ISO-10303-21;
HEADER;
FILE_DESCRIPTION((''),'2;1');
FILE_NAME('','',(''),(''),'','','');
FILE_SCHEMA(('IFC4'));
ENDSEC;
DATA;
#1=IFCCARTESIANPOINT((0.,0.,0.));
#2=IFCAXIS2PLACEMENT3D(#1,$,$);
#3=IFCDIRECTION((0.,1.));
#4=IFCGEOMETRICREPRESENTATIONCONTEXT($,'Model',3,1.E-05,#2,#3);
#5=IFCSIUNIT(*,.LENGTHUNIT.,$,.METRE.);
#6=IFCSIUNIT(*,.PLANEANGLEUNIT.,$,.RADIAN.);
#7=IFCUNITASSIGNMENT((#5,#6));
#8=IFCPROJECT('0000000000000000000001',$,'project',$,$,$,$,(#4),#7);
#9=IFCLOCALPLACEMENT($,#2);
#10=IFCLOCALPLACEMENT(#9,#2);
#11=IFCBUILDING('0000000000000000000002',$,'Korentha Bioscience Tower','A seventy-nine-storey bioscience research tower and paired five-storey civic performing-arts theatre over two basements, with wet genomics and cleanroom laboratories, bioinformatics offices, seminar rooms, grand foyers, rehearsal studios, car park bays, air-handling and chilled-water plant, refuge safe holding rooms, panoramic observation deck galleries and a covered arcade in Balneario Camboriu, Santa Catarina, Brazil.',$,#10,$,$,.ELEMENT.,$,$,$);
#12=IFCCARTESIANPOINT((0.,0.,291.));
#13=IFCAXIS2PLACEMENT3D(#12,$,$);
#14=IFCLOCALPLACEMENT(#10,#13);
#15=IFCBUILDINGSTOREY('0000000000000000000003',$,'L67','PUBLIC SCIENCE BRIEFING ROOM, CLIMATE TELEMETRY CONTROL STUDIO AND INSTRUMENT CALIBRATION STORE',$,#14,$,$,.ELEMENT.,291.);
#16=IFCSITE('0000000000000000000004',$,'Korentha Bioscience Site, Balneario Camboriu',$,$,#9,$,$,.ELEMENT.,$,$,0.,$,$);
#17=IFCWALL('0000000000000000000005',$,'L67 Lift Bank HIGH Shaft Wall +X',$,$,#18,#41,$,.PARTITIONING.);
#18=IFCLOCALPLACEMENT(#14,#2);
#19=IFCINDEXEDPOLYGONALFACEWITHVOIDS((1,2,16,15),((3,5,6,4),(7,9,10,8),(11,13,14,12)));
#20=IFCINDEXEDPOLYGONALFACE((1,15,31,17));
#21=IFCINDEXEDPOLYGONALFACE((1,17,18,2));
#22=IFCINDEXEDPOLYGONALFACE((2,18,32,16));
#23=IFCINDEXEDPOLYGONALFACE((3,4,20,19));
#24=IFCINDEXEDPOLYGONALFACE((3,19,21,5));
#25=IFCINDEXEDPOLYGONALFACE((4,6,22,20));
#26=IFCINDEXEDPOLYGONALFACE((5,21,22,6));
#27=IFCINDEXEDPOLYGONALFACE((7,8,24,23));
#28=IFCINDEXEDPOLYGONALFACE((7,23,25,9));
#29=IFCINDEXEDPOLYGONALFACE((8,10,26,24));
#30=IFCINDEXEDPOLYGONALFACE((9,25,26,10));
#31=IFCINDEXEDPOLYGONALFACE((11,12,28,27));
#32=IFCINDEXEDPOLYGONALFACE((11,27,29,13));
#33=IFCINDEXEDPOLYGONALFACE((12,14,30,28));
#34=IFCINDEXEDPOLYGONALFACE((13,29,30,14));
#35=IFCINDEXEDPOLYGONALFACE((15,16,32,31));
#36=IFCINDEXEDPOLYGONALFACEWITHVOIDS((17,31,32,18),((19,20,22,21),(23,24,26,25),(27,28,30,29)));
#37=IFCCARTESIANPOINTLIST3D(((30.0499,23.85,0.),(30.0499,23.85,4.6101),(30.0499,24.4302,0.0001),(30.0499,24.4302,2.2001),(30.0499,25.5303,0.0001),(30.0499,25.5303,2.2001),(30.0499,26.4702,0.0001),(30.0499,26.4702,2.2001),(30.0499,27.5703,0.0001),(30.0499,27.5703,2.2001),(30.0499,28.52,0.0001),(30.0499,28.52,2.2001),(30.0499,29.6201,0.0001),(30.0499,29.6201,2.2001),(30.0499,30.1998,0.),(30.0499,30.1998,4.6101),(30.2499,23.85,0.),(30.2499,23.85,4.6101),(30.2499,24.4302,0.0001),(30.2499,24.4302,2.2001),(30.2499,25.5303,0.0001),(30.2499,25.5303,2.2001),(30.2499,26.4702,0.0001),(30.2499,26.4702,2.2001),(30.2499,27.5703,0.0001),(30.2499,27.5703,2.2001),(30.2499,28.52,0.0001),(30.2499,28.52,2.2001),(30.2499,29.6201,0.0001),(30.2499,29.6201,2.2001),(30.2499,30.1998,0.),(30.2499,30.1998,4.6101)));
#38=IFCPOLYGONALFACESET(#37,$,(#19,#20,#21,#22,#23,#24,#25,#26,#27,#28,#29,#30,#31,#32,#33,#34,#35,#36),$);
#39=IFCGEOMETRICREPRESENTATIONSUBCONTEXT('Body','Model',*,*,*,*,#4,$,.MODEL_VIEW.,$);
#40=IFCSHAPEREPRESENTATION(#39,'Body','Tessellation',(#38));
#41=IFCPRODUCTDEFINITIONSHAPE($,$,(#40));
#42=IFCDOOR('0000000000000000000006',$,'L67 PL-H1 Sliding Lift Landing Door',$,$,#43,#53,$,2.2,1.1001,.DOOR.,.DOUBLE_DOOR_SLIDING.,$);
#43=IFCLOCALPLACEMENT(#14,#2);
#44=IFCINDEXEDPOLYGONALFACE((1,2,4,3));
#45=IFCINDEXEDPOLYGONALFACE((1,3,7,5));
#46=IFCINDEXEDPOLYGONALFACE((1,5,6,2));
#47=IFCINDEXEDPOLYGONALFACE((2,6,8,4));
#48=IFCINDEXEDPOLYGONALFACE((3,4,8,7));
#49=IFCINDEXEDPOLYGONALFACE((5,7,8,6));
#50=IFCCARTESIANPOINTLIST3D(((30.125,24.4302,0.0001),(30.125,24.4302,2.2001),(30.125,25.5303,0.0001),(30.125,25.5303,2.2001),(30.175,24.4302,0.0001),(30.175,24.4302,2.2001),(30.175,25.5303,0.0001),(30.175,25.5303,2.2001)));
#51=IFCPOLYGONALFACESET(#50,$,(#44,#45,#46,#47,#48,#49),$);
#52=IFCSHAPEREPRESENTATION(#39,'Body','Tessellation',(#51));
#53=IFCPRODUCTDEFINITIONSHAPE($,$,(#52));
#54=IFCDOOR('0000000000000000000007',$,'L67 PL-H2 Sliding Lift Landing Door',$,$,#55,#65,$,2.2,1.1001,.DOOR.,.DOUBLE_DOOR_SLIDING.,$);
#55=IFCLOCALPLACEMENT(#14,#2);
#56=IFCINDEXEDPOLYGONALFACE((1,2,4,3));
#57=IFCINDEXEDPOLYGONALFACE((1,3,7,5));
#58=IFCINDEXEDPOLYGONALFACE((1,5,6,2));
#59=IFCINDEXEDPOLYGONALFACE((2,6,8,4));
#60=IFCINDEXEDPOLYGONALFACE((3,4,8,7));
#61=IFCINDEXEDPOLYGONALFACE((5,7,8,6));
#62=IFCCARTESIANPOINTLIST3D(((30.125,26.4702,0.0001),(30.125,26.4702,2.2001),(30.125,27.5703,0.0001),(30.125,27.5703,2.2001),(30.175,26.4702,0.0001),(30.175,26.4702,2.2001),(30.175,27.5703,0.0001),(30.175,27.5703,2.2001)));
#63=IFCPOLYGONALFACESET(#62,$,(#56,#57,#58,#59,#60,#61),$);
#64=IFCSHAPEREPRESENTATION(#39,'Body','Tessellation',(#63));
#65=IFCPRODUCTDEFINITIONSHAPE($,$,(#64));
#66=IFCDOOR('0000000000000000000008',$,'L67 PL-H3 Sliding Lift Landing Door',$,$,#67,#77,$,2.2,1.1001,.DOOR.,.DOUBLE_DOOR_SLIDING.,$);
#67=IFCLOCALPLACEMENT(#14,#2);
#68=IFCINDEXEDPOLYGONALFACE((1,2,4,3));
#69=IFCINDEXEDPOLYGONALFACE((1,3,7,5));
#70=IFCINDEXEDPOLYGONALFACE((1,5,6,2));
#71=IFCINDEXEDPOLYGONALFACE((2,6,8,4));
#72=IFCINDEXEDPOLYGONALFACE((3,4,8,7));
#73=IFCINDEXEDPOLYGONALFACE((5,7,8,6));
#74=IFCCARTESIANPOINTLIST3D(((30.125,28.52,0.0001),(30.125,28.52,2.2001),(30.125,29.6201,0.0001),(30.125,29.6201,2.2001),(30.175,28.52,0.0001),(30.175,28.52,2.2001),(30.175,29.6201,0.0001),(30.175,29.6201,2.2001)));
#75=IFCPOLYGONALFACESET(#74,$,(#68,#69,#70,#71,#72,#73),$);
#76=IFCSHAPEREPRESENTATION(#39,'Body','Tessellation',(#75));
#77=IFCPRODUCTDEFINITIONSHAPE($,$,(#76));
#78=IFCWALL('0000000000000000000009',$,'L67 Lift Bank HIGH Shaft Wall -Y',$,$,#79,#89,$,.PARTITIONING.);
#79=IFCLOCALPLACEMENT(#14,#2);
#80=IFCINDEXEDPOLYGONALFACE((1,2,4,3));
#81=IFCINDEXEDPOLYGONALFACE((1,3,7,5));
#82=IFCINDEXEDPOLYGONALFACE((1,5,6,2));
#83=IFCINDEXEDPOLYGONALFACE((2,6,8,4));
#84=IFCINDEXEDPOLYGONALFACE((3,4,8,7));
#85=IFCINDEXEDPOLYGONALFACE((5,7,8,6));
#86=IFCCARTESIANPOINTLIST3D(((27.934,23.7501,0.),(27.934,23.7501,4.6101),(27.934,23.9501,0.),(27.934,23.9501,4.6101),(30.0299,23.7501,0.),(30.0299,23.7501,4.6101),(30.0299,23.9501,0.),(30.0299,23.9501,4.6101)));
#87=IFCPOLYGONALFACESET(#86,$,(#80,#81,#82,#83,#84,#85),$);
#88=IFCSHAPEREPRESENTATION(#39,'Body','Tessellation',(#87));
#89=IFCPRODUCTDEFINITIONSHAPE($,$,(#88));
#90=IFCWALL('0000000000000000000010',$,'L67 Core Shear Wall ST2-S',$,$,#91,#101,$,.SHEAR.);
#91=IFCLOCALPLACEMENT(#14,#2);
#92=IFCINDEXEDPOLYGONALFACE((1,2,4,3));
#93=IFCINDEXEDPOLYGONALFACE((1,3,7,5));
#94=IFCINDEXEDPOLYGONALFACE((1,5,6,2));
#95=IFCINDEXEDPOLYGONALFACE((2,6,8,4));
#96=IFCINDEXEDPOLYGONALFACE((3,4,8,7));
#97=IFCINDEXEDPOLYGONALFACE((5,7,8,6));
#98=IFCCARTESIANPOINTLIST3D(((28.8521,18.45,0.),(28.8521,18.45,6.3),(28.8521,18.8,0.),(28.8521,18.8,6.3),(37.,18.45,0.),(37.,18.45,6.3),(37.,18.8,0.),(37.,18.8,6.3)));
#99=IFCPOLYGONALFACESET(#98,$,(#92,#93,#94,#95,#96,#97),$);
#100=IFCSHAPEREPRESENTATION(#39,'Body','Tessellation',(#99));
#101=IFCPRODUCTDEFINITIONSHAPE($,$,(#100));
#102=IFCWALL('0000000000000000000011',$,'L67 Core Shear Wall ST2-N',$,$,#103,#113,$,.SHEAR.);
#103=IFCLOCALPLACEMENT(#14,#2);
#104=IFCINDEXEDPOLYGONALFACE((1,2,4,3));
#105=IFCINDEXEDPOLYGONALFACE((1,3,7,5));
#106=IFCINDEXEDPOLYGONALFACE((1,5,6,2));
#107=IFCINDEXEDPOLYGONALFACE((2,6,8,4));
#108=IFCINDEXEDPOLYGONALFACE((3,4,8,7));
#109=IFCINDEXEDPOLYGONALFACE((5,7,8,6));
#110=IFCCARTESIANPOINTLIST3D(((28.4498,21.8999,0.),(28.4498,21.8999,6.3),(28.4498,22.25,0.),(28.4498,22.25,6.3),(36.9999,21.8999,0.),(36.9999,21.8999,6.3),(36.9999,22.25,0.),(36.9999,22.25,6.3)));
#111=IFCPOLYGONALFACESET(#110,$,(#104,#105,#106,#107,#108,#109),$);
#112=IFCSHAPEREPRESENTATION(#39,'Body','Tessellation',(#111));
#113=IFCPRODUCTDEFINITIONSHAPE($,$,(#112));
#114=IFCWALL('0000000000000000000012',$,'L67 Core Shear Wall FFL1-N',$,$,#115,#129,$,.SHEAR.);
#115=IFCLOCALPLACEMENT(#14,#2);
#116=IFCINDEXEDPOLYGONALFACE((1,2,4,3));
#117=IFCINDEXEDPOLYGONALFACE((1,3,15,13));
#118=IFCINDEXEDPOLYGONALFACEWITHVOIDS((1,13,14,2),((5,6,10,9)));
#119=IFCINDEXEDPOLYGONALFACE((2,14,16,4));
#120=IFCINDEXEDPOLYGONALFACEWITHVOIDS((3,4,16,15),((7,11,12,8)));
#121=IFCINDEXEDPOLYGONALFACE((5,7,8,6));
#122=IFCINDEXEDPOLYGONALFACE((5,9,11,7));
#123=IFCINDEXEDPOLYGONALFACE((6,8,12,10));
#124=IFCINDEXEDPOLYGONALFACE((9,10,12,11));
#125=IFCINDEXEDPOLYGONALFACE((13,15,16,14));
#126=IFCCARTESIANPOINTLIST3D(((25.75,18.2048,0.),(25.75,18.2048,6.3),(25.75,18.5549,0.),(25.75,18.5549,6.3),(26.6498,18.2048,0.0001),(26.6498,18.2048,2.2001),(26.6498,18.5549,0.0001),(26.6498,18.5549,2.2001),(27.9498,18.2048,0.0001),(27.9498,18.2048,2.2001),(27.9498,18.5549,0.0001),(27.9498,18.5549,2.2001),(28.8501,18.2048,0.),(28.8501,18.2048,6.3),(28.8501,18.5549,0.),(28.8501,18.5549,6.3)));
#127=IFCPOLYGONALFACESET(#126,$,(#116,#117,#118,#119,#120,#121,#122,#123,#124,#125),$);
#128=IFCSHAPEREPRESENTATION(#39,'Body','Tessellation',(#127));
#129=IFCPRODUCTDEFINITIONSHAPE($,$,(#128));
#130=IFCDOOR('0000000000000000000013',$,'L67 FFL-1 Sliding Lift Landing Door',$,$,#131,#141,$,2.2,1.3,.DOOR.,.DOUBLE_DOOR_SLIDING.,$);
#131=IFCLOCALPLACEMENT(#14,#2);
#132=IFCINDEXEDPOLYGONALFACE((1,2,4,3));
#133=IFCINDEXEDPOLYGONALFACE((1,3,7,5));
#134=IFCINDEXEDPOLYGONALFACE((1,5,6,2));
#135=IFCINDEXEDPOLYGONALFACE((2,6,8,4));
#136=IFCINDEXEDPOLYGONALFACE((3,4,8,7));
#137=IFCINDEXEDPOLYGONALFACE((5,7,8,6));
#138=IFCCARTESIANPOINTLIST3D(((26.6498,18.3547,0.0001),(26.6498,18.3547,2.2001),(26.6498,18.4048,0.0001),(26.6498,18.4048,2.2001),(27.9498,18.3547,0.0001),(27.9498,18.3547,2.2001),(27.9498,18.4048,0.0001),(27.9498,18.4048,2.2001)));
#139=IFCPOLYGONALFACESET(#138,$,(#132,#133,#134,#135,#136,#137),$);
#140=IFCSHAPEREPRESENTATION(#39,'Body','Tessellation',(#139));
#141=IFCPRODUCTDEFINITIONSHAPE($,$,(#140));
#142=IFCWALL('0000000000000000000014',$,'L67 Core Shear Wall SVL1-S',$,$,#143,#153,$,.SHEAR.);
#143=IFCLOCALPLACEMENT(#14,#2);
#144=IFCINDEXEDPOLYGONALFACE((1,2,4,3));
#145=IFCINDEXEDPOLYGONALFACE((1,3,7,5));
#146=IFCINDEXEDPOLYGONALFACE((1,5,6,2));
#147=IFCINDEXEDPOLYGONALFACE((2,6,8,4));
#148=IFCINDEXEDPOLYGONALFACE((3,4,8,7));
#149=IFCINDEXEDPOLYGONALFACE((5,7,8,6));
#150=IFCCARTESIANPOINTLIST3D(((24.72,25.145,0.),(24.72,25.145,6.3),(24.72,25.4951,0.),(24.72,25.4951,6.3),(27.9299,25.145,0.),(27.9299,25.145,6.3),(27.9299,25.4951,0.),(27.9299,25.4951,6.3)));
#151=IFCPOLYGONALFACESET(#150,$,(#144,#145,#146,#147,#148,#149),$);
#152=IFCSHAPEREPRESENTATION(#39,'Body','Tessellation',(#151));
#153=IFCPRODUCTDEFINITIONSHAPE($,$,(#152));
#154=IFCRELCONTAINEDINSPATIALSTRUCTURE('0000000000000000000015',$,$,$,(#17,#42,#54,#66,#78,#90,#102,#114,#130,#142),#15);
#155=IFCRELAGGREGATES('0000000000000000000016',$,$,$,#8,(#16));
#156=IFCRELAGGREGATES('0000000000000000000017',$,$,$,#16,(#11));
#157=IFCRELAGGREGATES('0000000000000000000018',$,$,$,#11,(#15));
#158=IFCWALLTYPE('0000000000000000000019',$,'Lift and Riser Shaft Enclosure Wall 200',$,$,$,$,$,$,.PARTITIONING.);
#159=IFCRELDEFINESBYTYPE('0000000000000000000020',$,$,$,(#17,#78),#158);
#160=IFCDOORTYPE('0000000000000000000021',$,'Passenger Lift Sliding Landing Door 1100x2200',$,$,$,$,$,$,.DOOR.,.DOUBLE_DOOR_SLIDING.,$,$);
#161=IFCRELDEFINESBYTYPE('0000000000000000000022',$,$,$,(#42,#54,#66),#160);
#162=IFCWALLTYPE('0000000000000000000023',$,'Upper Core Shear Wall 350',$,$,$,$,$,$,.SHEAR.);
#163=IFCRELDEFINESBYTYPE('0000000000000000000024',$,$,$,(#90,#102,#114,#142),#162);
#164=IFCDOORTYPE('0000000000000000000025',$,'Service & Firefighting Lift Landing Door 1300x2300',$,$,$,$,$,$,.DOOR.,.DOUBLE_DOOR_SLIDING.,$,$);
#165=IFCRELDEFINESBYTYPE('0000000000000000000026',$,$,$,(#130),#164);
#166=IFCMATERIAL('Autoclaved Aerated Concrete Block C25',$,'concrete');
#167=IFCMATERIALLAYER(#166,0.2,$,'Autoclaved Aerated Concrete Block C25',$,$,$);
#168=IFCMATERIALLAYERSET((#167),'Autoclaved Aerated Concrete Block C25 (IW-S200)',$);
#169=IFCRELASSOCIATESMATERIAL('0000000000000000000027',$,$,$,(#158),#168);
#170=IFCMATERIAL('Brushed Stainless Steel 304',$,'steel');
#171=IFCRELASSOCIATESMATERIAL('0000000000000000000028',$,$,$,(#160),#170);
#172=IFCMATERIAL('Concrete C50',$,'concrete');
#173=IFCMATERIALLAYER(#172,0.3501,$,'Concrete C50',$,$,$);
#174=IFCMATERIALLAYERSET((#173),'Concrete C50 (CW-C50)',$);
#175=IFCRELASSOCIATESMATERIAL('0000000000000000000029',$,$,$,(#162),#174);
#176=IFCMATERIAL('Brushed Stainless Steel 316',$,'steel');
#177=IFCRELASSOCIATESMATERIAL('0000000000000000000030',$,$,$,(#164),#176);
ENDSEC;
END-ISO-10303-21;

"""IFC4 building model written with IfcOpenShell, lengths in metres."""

from ifc_helpers import new_model, si_unit, direction, frame, frame_2d, origin, place, context, subcontext, project, spatial, rectangle, extrude, material, layer, layer_set, type_object, element, fill, save


model = new_model("IFC4")

# Units and contexts
model_context = context("Model", 3, precision=1e-05, world=origin(), true_north=direction((0.0, 1.0)))
body_context = subcontext(model_context, "Body", "Model", "MODEL_VIEW")
ifc_project = project(units=[si_unit("LENGTHUNIT", "METRE"), si_unit("PLANEANGLEUNIT", "RADIAN")], contexts=[model_context])

# Site, building, storey
site_placement = place(None, origin())
site = spatial("IfcSite", under=ifc_project, at=site_placement, Name="Korentha Bioscience Site, Balneario Camboriu", CompositionType="ELEMENT", RefElevation=0.0)
building_placement = place(site_placement, origin())
building = spatial("IfcBuilding", under=site, at=building_placement, Name="Korentha Bioscience Tower", Description="A seventy-nine-storey bioscience research tower and paired five-storey civic performing-arts theatre over two basements, with wet genomics and cleanroom laboratories, bioinformatics offices, seminar rooms, grand foyers, rehearsal studios, car park bays, air-handling and chilled-water plant, refuge safe holding rooms, panoramic observation deck galleries and a covered arcade in Balneario Camboriu, Santa Catarina, Brazil.", CompositionType="ELEMENT")
storey_placement = place(building_placement, frame((0.0, 0.0, 291.0)))
storey = spatial("IfcBuildingStorey", under=building, at=storey_placement, Name="L67", Description="PUBLIC SCIENCE BRIEFING ROOM, CLIMATE TELEMETRY CONTROL STUDIO AND INSTRUMENT CALIBRATION STORE", CompositionType="ELEMENT", Elevation=291.0)

# Shared definitions
ifc_material_1 = material(Name="Concrete C50", Category="concrete")

# Shared definitions
ifc_material_2 = material(Name="Autoclaved Aerated Concrete Block C25", Category="concrete")
ifc_layer_1 = layer(ifc_material_2, 0.2, Name="Autoclaved Aerated Concrete Block C25")
ifc_layer_set_1 = layer_set([ifc_layer_1], Name="Autoclaved Aerated Concrete Block C25 (IW-S200)")
wall_type_1 = type_object("IfcWallType", Name="Lift and Riser Shaft Enclosure Wall 200", PredefinedType="PARTITIONING", material=ifc_layer_set_1)

# Wall, openings, doors
wall_1_placement = place(storey_placement, frame((30.1499, 23.8501, 0.0), z_axis=(0.0, 0.0, 1.0), x_axis=(0.0, 1.0, 0.0)))
wall_1 = element("IfcWall", 1, at=wall_1_placement, inside=storey, type_object=wall_type_1, Name="L67 Lift Bank HIGH Shaft Wall +X", PredefinedType="PARTITIONING", context=body_context, shape_type="SweptSolid", body=[
    extrude(rectangle(XDim=6.3499, YDim=0.2, at=frame_2d((3.1748, 0.0))), origin(), (0.0, 0.0, 1.0), 4.6101),
])
opening_1_placement = place(wall_1_placement, frame((0.5801, 0.0, 0.0)))
opening_1 = element("IfcOpeningElement", 2, at=opening_1_placement, cuts=wall_1, PredefinedType="OPENING", context=body_context, shape_type="SweptSolid", body=[
    extrude(rectangle(XDim=1.1001, YDim=2.2, at=frame_2d((0.55, 1.1001))), frame((0.0, 0.1147, 0.0), z_axis=(0.0, -1.0, 0.0), x_axis=(1.0, 0.0, 0.0)), (0.0, 0.0, 1.0), 0.2297),
])
opening_2_placement = place(wall_1_placement, frame((2.6201, 0.0, 0.0)))
opening_2 = element("IfcOpeningElement", 3, at=opening_2_placement, cuts=wall_1, PredefinedType="OPENING", context=body_context, shape_type="SweptSolid", body=[
    extrude(rectangle(XDim=1.1001, YDim=2.2, at=frame_2d((0.55, 1.1001))), frame((0.0, 0.1147, 0.0), z_axis=(0.0, -1.0, 0.0), x_axis=(1.0, 0.0, 0.0)), (0.0, 0.0, 1.0), 0.2297),
])
opening_3_placement = place(wall_1_placement, frame((4.6699, 0.0, 0.0)))
opening_3 = element("IfcOpeningElement", 4, at=opening_3_placement, cuts=wall_1, PredefinedType="OPENING", context=body_context, shape_type="SweptSolid", body=[
    extrude(rectangle(XDim=1.1001, YDim=2.2, at=frame_2d((0.55, 1.1001))), frame((0.0, 0.1147, 0.0), z_axis=(0.0, -1.0, 0.0), x_axis=(1.0, 0.0, 0.0)), (0.0, 0.0, 1.0), 0.2297),
])
ifc_material_3 = material(Name="Brushed Stainless Steel 304", Category="steel")
door_type_1 = type_object("IfcDoorType", Name="Passenger Lift Sliding Landing Door 1100x2200", OperationType="DOUBLE_DOOR_SLIDING", PredefinedType="DOOR", material=ifc_material_3)
door_1_placement = place(opening_1_placement, origin())
door_1 = element("IfcDoor", 5, at=door_1_placement, inside=storey, type_object=door_type_1, Name="L67 PL-H1 Sliding Lift Landing Door", OperationType="DOUBLE_DOOR_SLIDING", OverallHeight=2.2, OverallWidth=1.1001, PredefinedType="DOOR", context=body_context, shape_type="SweptSolid", body=[
    extrude(rectangle(XDim=1.1001, YDim=2.2, at=frame_2d((0.55, 1.1001))), frame((0.0, 0.0249, 0.0), z_axis=(0.0, -1.0, 0.0), x_axis=(1.0, 0.0, 0.0)), (0.0, 0.0, 1.0), 0.05),
])
fill(opening_1, door_1)
door_2_placement = place(opening_2_placement, origin())
door_2 = element("IfcDoor", 6, at=door_2_placement, inside=storey, type_object=door_type_1, Name="L67 PL-H2 Sliding Lift Landing Door", OperationType="DOUBLE_DOOR_SLIDING", OverallHeight=2.2, OverallWidth=1.1001, PredefinedType="DOOR", context=body_context, shape_type="SweptSolid", body=[
    extrude(rectangle(XDim=1.1001, YDim=2.2, at=frame_2d((0.55, 1.1001))), frame((0.0, 0.0249, 0.0), z_axis=(0.0, -1.0, 0.0), x_axis=(1.0, 0.0, 0.0)), (0.0, 0.0, 1.0), 0.05),
])
fill(opening_2, door_2)
door_3_placement = place(opening_3_placement, origin())
door_3 = element("IfcDoor", 7, at=door_3_placement, inside=storey, type_object=door_type_1, Name="L67 PL-H3 Sliding Lift Landing Door", OperationType="DOUBLE_DOOR_SLIDING", OverallHeight=2.2, OverallWidth=1.1001, PredefinedType="DOOR", context=body_context, shape_type="SweptSolid", body=[
    extrude(rectangle(XDim=1.1001, YDim=2.2, at=frame_2d((0.55, 1.1001))), frame((0.0, 0.0249, 0.0), z_axis=(0.0, -1.0, 0.0), x_axis=(1.0, 0.0, 0.0)), (0.0, 0.0, 1.0), 0.05),
])
fill(opening_3, door_3)

# Walls
wall_2_placement = place(storey_placement, frame((27.9341, 23.8501, 0.0), z_axis=(0.0, 0.0, 1.0), x_axis=(1.0, 0.0, 0.0)))
element("IfcWall", 8, at=wall_2_placement, inside=storey, type_object=wall_type_1, Name="L67 Lift Bank HIGH Shaft Wall -Y", PredefinedType="PARTITIONING", context=body_context, shape_type="SweptSolid", body=[
    extrude(rectangle(XDim=2.0959, YDim=0.2, at=frame_2d((1.0479, 0.0))), origin(), (0.0, 0.0, 1.0), 4.6101),
])
ifc_layer_2 = layer(ifc_material_1, 0.3501, Name="Concrete C50")
ifc_layer_set_2 = layer_set([ifc_layer_2], Name="Concrete C50 (CW-C50)")
wall_type_2 = type_object("IfcWallType", Name="Upper Core Shear Wall 350", PredefinedType="SHEAR", material=ifc_layer_set_2)
wall_3_placement = place(storey_placement, frame((28.8521, 18.625, 0.0), z_axis=(0.0, 0.0, 1.0), x_axis=(1.0, 0.0, 0.0)))
element("IfcWall", 9, at=wall_3_placement, inside=storey, type_object=wall_type_2, Name="L67 Core Shear Wall ST2-S", PredefinedType="SHEAR", context=body_context, shape_type="SweptSolid", body=[
    extrude(rectangle(XDim=8.1479, YDim=0.3501, at=frame_2d((4.074, 0.0))), origin(), (0.0, 0.0, 1.0), 6.3),
])
wall_4_placement = place(storey_placement, frame((28.45, 22.075, 0.0), z_axis=(0.0, 0.0, 1.0), x_axis=(1.0, 0.0, 0.0)))
element("IfcWall", 10, at=wall_4_placement, inside=storey, type_object=wall_type_2, Name="L67 Core Shear Wall ST2-N", PredefinedType="SHEAR", context=body_context, shape_type="SweptSolid", body=[
    extrude(rectangle(XDim=8.55, YDim=0.3501, at=frame_2d((4.2749, 0.0))), origin(), (0.0, 0.0, 1.0), 6.3),
])

# Wall, opening, door
wall_5_placement = place(storey_placement, frame((25.75, 18.3799, 0.0), z_axis=(0.0, 0.0, 1.0), x_axis=(1.0, 0.0, 0.0)))
wall_5 = element("IfcWall", 11, at=wall_5_placement, inside=storey, type_object=wall_type_2, Name="L67 Core Shear Wall FFL1-N", PredefinedType="SHEAR", context=body_context, shape_type="SweptSolid", body=[
    extrude(rectangle(XDim=3.1001, YDim=0.3501, at=frame_2d((1.55, 0.0))), origin(), (0.0, 0.0, 1.0), 6.3),
])
opening_4_placement = place(wall_5_placement, frame((0.8999, 0.0, 0.0)))
opening_4 = element("IfcOpeningElement", 12, at=opening_4_placement, cuts=wall_5, PredefinedType="OPENING", context=body_context, shape_type="SweptSolid", body=[
    extrude(rectangle(XDim=1.3, YDim=2.2, at=frame_2d((0.6499, 1.1001))), frame((0.0, 0.1899, 0.0), z_axis=(0.0, -1.0, 0.0), x_axis=(1.0, 0.0, 0.0)), (0.0, 0.0, 1.0), 0.3799),
])
ifc_material_4 = material(Name="Brushed Stainless Steel 316", Category="steel")
door_type_2 = type_object("IfcDoorType", Name="Service & Firefighting Lift Landing Door 1300x2300", OperationType="DOUBLE_DOOR_SLIDING", PredefinedType="DOOR", material=ifc_material_4)
door_4_placement = place(opening_4_placement, origin())
door_4 = element("IfcDoor", 13, at=door_4_placement, inside=storey, type_object=door_type_2, Name="L67 FFL-1 Sliding Lift Landing Door", OperationType="DOUBLE_DOOR_SLIDING", OverallHeight=2.2, OverallWidth=1.3, PredefinedType="DOOR", context=body_context, shape_type="SweptSolid", body=[
    extrude(rectangle(XDim=1.3, YDim=2.2, at=frame_2d((0.6499, 1.1001))), frame((0.0, 0.0249, 0.0), z_axis=(0.0, -1.0, 0.0), x_axis=(1.0, 0.0, 0.0)), (0.0, 0.0, 1.0), 0.05),
])
fill(opening_4, door_4)

# Wall
wall_6_placement = place(storey_placement, frame((24.72, 25.3201, 0.0), z_axis=(0.0, 0.0, 1.0), x_axis=(1.0, 0.0, 0.0)))
element("IfcWall", 14, at=wall_6_placement, inside=storey, type_object=wall_type_2, Name="L67 Core Shear Wall SVL1-S", PredefinedType="SHEAR", context=body_context, shape_type="SweptSolid", body=[
    extrude(rectangle(XDim=3.21, YDim=0.3501, at=frame_2d((1.605, 0.0))), origin(), (0.0, 0.0, 1.0), 6.3),
])

save(model, "model.ifc")
